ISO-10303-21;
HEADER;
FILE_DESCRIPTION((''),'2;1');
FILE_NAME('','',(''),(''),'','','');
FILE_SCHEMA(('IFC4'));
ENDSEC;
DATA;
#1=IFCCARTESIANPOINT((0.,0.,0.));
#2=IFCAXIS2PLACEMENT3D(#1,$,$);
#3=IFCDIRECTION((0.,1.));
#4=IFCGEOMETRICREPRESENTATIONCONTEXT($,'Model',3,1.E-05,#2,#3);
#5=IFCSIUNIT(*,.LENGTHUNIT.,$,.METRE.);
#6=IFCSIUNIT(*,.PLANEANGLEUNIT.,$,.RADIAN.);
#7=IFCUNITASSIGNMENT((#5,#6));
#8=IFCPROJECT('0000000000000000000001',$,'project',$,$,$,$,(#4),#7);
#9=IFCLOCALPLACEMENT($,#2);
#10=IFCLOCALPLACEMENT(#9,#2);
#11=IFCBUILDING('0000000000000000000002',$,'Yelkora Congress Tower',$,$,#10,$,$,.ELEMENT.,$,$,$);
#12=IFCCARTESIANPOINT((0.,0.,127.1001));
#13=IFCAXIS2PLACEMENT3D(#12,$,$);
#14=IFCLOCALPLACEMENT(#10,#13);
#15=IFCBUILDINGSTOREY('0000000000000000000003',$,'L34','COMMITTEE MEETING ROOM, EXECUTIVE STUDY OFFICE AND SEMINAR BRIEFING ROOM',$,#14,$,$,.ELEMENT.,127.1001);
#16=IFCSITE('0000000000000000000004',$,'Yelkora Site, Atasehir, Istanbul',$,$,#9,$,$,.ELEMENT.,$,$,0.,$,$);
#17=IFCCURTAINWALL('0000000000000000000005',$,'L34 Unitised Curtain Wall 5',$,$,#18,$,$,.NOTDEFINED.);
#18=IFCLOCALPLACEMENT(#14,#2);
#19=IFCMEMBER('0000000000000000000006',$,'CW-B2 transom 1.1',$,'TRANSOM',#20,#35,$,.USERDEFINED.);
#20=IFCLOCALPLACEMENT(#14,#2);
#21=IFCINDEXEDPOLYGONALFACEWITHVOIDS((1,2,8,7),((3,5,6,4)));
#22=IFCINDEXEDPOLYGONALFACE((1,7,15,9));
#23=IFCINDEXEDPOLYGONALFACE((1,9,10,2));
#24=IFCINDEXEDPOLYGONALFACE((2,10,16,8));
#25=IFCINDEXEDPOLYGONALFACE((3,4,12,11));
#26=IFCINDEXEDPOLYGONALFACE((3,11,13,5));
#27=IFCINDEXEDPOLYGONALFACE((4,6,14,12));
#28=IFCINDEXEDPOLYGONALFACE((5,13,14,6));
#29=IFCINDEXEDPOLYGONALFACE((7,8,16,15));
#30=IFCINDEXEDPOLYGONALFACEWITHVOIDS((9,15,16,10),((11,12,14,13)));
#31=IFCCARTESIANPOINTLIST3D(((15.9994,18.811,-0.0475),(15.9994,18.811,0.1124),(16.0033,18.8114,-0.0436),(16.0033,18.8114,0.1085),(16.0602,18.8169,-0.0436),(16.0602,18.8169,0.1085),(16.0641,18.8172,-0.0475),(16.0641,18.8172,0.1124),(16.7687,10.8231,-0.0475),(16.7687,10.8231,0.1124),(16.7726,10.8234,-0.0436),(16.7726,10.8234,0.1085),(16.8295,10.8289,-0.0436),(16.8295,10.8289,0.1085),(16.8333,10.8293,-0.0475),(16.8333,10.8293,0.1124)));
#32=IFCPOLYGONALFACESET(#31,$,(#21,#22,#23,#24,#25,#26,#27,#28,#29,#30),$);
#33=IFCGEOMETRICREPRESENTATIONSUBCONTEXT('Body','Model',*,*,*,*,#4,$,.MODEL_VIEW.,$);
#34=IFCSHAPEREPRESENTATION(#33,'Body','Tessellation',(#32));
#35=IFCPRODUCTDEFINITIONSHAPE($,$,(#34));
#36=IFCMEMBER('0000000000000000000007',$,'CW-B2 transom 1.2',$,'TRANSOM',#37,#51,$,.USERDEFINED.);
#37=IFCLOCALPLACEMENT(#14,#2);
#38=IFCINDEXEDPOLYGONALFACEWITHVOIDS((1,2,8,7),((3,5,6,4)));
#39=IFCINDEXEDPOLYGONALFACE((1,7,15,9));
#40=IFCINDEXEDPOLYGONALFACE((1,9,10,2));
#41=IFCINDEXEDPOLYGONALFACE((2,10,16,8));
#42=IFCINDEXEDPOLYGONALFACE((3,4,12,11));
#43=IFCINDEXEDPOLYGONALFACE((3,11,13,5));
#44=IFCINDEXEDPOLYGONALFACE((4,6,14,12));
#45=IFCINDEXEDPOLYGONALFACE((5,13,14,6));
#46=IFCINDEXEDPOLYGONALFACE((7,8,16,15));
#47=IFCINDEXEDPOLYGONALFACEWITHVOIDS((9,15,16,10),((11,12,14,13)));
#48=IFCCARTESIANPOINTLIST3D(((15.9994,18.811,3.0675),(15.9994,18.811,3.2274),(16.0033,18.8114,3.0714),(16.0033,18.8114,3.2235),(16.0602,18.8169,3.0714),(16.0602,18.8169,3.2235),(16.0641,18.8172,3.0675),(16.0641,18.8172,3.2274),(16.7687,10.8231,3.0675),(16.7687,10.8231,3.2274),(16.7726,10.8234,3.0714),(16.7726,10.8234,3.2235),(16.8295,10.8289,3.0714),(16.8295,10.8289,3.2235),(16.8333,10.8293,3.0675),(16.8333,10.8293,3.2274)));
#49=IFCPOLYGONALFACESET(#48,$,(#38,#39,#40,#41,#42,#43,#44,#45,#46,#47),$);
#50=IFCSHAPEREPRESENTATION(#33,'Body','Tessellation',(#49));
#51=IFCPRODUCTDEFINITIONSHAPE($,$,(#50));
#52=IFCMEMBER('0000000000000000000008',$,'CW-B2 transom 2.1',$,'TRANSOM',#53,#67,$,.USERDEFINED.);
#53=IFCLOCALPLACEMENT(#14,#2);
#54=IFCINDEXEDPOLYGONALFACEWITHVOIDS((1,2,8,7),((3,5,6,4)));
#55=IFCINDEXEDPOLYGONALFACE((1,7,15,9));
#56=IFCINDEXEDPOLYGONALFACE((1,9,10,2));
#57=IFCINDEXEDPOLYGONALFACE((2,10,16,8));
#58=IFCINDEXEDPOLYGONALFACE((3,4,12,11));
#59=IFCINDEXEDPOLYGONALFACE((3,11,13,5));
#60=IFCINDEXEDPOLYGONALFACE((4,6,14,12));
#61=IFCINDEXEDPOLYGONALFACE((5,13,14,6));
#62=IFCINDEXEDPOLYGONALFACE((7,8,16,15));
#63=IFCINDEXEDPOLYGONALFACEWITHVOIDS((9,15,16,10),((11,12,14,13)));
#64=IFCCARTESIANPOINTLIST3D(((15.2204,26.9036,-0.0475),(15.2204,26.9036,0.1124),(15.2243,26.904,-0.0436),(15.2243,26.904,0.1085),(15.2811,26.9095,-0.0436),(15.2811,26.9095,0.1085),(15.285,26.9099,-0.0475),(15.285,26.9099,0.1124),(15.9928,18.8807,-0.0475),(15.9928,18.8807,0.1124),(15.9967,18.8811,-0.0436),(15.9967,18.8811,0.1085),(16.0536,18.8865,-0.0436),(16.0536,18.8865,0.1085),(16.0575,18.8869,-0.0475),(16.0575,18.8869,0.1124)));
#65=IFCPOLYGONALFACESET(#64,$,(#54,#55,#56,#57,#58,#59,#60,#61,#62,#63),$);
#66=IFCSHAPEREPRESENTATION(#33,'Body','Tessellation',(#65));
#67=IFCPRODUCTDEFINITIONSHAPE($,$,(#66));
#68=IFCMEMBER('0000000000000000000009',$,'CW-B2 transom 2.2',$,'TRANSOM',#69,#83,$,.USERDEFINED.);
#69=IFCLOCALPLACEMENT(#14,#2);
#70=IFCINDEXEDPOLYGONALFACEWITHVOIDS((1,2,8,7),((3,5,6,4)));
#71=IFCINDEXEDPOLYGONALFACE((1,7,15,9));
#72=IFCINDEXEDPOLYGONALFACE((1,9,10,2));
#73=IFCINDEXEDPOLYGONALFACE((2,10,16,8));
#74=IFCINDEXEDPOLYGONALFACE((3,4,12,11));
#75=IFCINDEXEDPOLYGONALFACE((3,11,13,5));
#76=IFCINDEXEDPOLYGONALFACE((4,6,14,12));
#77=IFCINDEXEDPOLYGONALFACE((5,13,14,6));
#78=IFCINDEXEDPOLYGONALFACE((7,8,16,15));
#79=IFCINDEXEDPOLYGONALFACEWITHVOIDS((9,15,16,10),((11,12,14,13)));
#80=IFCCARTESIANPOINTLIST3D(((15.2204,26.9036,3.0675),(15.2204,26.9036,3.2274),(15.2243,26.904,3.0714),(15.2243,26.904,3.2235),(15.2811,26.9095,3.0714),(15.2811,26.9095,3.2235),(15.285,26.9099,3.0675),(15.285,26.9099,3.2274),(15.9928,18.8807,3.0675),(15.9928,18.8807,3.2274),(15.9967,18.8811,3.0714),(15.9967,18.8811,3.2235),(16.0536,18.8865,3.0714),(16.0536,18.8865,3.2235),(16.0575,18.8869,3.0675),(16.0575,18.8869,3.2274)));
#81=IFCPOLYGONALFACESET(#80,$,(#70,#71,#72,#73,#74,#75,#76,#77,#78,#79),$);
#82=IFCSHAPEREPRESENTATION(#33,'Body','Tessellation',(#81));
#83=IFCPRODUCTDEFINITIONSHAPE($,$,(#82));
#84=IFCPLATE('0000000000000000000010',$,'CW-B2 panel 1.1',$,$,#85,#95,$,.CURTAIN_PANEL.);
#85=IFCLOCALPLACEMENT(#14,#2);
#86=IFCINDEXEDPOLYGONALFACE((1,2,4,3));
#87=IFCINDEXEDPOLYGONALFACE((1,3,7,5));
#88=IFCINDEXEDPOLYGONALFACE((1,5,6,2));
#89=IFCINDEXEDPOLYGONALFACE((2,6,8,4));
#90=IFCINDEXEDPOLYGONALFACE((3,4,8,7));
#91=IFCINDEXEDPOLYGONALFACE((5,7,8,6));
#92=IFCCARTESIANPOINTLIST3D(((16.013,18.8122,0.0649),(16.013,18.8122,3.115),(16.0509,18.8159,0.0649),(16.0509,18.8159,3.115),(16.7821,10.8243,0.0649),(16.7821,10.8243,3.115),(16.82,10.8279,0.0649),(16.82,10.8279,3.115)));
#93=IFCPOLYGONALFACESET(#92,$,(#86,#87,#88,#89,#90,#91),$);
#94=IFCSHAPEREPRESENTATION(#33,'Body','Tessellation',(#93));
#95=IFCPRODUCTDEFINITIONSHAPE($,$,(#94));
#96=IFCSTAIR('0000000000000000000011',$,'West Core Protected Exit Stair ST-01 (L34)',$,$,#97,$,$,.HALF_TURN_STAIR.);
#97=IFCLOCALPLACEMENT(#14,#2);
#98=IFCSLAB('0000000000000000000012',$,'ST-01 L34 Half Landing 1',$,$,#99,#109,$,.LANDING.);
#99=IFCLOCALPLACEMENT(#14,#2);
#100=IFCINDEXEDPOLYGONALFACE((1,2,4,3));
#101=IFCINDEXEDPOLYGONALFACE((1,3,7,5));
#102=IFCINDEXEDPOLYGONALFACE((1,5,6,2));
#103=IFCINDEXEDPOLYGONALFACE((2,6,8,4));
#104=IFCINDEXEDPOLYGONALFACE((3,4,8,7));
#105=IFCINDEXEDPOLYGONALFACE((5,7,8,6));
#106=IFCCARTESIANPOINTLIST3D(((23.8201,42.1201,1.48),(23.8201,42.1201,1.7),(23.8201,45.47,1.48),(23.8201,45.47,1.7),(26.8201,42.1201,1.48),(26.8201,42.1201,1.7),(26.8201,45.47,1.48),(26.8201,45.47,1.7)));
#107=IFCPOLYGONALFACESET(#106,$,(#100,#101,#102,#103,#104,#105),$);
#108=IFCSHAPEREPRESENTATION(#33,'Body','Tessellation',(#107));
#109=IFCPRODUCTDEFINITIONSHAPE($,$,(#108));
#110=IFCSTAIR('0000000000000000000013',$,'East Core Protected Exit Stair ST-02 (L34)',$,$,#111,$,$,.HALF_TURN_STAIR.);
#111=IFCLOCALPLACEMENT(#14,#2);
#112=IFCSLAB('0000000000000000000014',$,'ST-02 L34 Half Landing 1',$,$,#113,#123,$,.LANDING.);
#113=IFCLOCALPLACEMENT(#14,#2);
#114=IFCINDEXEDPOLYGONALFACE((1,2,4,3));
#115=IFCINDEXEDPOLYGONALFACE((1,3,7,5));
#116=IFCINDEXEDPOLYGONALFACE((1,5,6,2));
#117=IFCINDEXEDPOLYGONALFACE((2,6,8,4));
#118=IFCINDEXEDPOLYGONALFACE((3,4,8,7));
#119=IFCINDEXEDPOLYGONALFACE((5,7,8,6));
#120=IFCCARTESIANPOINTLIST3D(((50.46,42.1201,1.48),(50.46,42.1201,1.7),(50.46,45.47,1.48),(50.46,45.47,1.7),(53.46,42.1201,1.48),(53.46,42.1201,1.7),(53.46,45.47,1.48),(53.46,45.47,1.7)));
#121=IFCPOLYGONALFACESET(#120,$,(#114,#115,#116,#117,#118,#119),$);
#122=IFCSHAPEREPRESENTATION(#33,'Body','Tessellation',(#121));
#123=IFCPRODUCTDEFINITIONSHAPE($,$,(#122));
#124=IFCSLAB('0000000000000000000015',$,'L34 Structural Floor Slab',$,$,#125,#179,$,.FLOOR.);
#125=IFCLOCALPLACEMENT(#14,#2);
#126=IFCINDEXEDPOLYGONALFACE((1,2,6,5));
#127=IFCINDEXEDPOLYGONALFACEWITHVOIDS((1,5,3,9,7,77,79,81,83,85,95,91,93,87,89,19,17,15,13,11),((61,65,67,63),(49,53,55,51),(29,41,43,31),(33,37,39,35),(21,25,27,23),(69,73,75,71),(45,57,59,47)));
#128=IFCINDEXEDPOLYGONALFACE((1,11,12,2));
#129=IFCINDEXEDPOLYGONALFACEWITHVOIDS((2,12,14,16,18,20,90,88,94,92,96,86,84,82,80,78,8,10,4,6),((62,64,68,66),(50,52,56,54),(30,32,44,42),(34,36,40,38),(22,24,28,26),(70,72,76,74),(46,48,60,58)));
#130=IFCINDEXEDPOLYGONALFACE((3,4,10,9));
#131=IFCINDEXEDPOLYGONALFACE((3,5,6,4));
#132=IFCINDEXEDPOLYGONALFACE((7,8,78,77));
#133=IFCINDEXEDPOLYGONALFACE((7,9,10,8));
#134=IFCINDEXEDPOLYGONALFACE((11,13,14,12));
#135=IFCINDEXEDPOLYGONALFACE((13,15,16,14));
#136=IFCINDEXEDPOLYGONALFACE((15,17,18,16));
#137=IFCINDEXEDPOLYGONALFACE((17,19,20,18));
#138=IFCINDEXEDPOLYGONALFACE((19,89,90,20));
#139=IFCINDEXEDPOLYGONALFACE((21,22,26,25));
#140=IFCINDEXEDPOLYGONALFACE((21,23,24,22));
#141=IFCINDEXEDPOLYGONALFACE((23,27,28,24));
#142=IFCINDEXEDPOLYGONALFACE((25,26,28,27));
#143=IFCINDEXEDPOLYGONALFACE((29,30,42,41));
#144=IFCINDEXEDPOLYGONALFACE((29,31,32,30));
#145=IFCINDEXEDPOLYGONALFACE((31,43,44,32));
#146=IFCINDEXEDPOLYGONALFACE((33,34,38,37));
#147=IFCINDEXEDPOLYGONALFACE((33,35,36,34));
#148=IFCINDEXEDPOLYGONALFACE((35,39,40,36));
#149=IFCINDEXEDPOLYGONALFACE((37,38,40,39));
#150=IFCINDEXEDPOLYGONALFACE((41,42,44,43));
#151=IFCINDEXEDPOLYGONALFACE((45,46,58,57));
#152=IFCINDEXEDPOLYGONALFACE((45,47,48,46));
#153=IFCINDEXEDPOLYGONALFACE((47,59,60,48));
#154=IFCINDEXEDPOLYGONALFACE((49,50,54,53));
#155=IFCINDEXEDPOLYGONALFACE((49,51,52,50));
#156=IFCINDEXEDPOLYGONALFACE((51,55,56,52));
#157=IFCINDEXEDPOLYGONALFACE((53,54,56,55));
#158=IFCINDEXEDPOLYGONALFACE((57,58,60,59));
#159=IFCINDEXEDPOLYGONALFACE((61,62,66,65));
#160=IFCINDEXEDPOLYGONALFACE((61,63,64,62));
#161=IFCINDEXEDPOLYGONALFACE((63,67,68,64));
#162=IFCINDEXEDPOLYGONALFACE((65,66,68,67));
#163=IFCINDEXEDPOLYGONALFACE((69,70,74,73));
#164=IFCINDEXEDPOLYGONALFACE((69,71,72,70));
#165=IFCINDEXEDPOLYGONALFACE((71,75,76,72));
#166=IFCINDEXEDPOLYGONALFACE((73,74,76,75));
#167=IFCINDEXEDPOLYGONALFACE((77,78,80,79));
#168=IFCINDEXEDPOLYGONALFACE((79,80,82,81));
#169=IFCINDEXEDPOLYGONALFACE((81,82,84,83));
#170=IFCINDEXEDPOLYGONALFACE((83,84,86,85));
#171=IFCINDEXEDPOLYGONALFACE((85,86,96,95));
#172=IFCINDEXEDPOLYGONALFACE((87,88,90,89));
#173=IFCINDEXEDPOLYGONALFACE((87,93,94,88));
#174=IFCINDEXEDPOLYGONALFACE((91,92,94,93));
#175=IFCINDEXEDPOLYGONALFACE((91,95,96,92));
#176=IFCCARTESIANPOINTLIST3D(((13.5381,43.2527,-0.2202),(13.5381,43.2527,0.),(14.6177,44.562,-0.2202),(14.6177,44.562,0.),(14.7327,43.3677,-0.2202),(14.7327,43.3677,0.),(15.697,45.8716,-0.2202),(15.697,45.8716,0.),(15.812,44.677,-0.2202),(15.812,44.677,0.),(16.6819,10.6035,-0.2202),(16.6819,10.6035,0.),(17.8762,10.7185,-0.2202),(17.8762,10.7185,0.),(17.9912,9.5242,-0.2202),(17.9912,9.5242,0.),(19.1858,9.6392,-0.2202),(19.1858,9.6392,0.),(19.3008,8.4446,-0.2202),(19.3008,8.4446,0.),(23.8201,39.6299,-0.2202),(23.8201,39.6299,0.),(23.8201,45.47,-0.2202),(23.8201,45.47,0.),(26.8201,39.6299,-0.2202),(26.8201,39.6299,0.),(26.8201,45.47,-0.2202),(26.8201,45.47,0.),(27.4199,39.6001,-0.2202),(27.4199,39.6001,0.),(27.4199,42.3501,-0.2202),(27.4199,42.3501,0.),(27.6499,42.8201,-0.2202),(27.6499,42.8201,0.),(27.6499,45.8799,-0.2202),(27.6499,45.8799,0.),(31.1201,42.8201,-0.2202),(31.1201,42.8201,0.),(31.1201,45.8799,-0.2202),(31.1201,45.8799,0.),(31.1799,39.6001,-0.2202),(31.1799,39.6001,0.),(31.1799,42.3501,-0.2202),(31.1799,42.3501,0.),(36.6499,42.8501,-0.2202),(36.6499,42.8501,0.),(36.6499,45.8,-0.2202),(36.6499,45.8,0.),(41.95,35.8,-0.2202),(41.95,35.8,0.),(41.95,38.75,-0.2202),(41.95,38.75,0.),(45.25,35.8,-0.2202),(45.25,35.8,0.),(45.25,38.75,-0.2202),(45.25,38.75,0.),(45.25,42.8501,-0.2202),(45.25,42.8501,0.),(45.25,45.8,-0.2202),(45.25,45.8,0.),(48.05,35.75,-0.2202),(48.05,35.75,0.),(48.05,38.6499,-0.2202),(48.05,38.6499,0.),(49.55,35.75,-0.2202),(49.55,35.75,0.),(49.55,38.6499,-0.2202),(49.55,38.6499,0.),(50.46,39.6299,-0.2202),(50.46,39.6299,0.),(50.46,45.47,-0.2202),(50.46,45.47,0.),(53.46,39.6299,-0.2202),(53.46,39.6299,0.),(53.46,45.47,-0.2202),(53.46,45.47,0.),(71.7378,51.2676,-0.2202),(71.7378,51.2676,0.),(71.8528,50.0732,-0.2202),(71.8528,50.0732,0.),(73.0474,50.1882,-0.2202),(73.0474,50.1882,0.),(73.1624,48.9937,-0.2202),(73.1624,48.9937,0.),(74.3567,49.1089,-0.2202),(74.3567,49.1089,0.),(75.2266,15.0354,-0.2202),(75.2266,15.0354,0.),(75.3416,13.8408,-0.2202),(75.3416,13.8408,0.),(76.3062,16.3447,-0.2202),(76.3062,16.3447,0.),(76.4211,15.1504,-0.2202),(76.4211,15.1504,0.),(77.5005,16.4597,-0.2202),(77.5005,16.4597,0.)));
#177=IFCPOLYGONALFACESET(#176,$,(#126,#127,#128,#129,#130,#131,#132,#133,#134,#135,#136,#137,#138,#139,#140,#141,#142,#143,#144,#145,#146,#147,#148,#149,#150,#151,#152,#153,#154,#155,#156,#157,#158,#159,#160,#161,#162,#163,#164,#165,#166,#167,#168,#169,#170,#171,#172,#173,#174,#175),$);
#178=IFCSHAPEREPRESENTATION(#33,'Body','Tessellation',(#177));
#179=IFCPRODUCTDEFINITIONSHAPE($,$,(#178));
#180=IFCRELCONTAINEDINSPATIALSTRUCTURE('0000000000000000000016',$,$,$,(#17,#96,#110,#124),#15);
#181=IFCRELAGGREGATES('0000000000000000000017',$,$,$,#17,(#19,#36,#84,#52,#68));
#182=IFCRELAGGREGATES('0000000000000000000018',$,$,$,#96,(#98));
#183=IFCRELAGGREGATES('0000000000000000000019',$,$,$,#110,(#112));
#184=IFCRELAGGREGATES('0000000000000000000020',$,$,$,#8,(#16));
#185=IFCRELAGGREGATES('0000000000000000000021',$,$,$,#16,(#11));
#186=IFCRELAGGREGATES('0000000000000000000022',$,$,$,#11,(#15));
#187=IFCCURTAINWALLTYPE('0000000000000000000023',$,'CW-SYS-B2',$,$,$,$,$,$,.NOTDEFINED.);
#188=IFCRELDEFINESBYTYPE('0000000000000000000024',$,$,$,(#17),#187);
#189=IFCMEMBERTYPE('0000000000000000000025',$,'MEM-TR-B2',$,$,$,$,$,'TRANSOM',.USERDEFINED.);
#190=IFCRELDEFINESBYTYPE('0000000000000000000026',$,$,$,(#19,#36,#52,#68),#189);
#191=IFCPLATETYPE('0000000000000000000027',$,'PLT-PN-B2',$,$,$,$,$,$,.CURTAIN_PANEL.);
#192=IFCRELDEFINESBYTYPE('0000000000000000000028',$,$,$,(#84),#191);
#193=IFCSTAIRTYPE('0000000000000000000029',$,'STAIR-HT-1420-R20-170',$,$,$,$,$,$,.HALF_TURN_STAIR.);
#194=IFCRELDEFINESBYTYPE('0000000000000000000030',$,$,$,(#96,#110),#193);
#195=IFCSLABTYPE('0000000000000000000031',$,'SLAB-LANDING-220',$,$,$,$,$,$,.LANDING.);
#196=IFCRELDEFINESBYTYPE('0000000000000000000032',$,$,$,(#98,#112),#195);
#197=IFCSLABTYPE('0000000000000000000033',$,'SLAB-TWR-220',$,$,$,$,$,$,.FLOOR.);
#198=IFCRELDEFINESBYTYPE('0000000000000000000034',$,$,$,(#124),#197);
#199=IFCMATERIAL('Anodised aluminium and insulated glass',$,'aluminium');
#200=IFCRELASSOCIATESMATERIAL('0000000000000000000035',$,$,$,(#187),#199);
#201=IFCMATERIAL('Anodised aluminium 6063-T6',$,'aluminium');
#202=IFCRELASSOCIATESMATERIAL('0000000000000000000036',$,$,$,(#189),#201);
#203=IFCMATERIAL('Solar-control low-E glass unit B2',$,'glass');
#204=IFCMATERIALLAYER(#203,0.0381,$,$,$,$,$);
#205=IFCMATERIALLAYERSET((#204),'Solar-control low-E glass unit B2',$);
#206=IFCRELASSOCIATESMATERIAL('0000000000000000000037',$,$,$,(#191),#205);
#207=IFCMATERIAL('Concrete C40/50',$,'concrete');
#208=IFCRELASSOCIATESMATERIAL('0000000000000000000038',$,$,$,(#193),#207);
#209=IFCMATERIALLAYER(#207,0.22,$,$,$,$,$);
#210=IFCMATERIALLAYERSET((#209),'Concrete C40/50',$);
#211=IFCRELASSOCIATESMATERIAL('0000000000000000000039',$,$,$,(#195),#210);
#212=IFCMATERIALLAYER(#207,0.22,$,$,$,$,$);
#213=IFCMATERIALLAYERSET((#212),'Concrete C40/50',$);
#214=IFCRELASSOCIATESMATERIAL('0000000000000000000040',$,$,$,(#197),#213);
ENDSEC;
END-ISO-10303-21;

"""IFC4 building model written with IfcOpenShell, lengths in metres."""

from ifc_helpers import new_model, si_unit, direction, frame, origin, origin_2d, place, context, subcontext, project, spatial, polyline, rectangle, hollow_rectangle, outline, extrude, material, layer, layer_set, material_profile, profile_set, type_object, element, aggregate, save


model = new_model("IFC4")

# Units and contexts
model_context = context("Model", 3, precision=1e-05, world=origin(), true_north=direction((0.0, 1.0)))
body_context = subcontext(model_context, "Body", "Model", "MODEL_VIEW")
ifc_project = project(units=[si_unit("LENGTHUNIT", "METRE"), si_unit("PLANEANGLEUNIT", "RADIAN")], contexts=[model_context])

# Site, building, storey
site_placement = place(None, origin())
site = spatial("IfcSite", under=ifc_project, at=site_placement, Name="Yelkora Site, Atasehir, Istanbul", CompositionType="ELEMENT", RefElevation=0.0)
building_placement = place(site_placement, origin())
building = spatial("IfcBuilding", under=site, at=building_placement, Name="Yelkora Congress Tower", CompositionType="ELEMENT")
storey_placement = place(building_placement, frame((0.0, 0.0, 127.1001)))
storey = spatial("IfcBuildingStorey", under=building, at=storey_placement, Name="L34", Description="COMMITTEE MEETING ROOM, EXECUTIVE STUDY OFFICE AND SEMINAR BRIEFING ROOM", CompositionType="ELEMENT", Elevation=127.1001)

# Curtain wall
ifc_material_1 = material(Name="Anodised aluminium and insulated glass", Category="aluminium")
curtain_wall_type = type_object("IfcCurtainWallType", Name="CW-SYS-B2", PredefinedType="NOTDEFINED", material=ifc_material_1)
curtain_wall_1_placement = place(storey_placement, origin())
curtain_wall_1 = element("IfcCurtainWall", 1, at=curtain_wall_1_placement, inside=storey, type_object=curtain_wall_type, Name="L34 Unitised Curtain Wall 5", PredefinedType="NOTDEFINED")
ifc_material_2 = material(Name="Anodised aluminium 6063-T6", Category="aluminium")

# Members
ifc_material_profile_1 = material_profile(ifc_material_2, hollow_rectangle(XDim=0.0649, YDim=0.1599, WallThickness=0.0039, at=origin_2d()), Name="ALU 65x160x4")
ifc_profile_set_1 = profile_set([ifc_material_profile_1], Name="Anodised aluminium 6063-T6")
member_type_1 = type_object("IfcMemberType", Name="MEM-TR-B2", ElementType="TRANSOM", PredefinedType="USERDEFINED", material=ifc_profile_set_1)
member_1_placement = place(storey_placement, frame((16.801, 10.8262, 0.0325), z_axis=(-0.095861, 0.995395, 0.0), x_axis=(-0.995395, -0.095861, 0.0)))
member_1 = element("IfcMember", 2, at=member_1_placement, type_object=member_type_1, Name="CW-B2 transom 1.1", ObjectType="TRANSOM", PredefinedType="USERDEFINED", context=body_context, shape_type="SweptSolid", body=[
    extrude(hollow_rectangle(XDim=0.0649, YDim=0.1599, WallThickness=0.0039, at=origin_2d()), origin(), (0.0, 0.0, 1.0), 8.0249),
])
member_2_placement = place(storey_placement, frame((16.801, 10.8262, 3.1475), z_axis=(-0.095861, 0.995395, 0.0), x_axis=(-0.995395, -0.095861, 0.0)))
member_2 = element("IfcMember", 3, at=member_2_placement, type_object=member_type_1, Name="CW-B2 transom 1.2", ObjectType="TRANSOM", PredefinedType="USERDEFINED", context=body_context, shape_type="SweptSolid", body=[
    extrude(hollow_rectangle(XDim=0.0649, YDim=0.1599, WallThickness=0.0039, at=origin_2d()), origin(), (0.0, 0.0, 1.0), 8.0249),
])
member_3_placement = place(storey_placement, frame((16.0251, 18.8838, 0.0325), z_axis=(-0.095838, 0.995397, 0.0), x_axis=(-0.995397, -0.095838, 0.0)))
member_3 = element("IfcMember", 4, at=member_3_placement, type_object=member_type_1, Name="CW-B2 transom 2.1", ObjectType="TRANSOM", PredefinedType="USERDEFINED", context=body_context, shape_type="SweptSolid", body=[
    extrude(hollow_rectangle(XDim=0.0649, YDim=0.1599, WallThickness=0.0039, at=origin_2d()), origin(), (0.0, 0.0, 1.0), 8.0601),
])
member_4_placement = place(storey_placement, frame((16.0251, 18.8838, 3.1475), z_axis=(-0.095838, 0.995397, 0.0), x_axis=(-0.995397, -0.095838, 0.0)))
member_4 = element("IfcMember", 5, at=member_4_placement, type_object=member_type_1, Name="CW-B2 transom 2.2", ObjectType="TRANSOM", PredefinedType="USERDEFINED", context=body_context, shape_type="SweptSolid", body=[
    extrude(hollow_rectangle(XDim=0.0649, YDim=0.1599, WallThickness=0.0039, at=origin_2d()), origin(), (0.0, 0.0, 1.0), 8.0601),
])

# Plate
ifc_material_3 = material(Name="Solar-control low-E glass unit B2", Category="glass")
ifc_layer_1 = layer(ifc_material_3, 0.0381)
ifc_layer_set_1 = layer_set([ifc_layer_1], Name="Solar-control low-E glass unit B2")
plate_type = type_object("IfcPlateType", Name="PLT-PN-B2", PredefinedType="CURTAIN_PANEL", material=ifc_layer_set_1)
plate_placement = place(storey_placement, frame((16.4165, 14.8201, 0.0649), z_axis=(0.0, 0.0, 1.0), x_axis=(-0.095843, 0.995397, 0.0)))
plate = element("IfcPlate", 6, at=plate_placement, type_object=plate_type, Name="CW-B2 panel 1.1", PredefinedType="CURTAIN_PANEL", context=body_context, shape_type="SweptSolid", body=[
    extrude(rectangle(XDim=8.0249, YDim=0.0381, at=origin_2d()), origin(), (0.0, 0.0, 1.0), 3.05),
])
aggregate(curtain_wall_1, [member_1, member_2, plate, member_3, member_4])

# Stairs, slabs
ifc_material_4 = material(Name="Concrete C40/50", Category="concrete")
stair_type = type_object("IfcStairType", Name="STAIR-HT-1420-R20-170", PredefinedType="HALF_TURN_STAIR", material=ifc_material_4)
stair_1_placement = place(storey_placement, origin())
stair_1 = element("IfcStair", 7, at=stair_1_placement, inside=storey, type_object=stair_type, Name="West Core Protected Exit Stair ST-01 (L34)", PredefinedType="HALF_TURN_STAIR")
ifc_layer_2 = layer(ifc_material_4, 0.22)
ifc_layer_set_2 = layer_set([ifc_layer_2], Name="Concrete C40/50")
slab_type_1 = type_object("IfcSlabType", Name="SLAB-LANDING-220", PredefinedType="LANDING", material=ifc_layer_set_2)
slab_1_placement = place(storey_placement, frame((0.0, 0.0, 1.48)))
slab_1 = element("IfcSlab", 8, at=slab_1_placement, type_object=slab_type_1, Name="ST-01 L34 Half Landing 1", PredefinedType="LANDING", context=body_context, shape_type="SweptSolid", body=[
    extrude(outline(polyline([(26.8201, 42.1201), (26.8201, 45.47), (23.8201, 45.47), (23.8201, 42.1201), (26.8201, 42.1201)])), origin(), (0.0, 0.0, 1.0), 0.22),
])
aggregate(stair_1, [slab_1])
stair_2_placement = place(storey_placement, origin())
stair_2 = element("IfcStair", 9, at=stair_2_placement, inside=storey, type_object=stair_type, Name="East Core Protected Exit Stair ST-02 (L34)", PredefinedType="HALF_TURN_STAIR")
slab_2_placement = place(storey_placement, frame((0.0, 0.0, 1.48)))
slab_2 = element("IfcSlab", 10, at=slab_2_placement, type_object=slab_type_1, Name="ST-02 L34 Half Landing 1", PredefinedType="LANDING", context=body_context, shape_type="SweptSolid", body=[
    extrude(outline(polyline([(53.46, 42.1201), (53.46, 45.47), (50.46, 45.47), (50.46, 42.1201), (53.46, 42.1201)])), origin(), (0.0, 0.0, 1.0), 0.22),
])
aggregate(stair_2, [slab_2])

# Slab
ifc_layer_3 = layer(ifc_material_4, 0.22)
ifc_layer_set_3 = layer_set([ifc_layer_3], Name="Concrete C40/50")
slab_type_2 = type_object("IfcSlabType", Name="SLAB-TWR-220", PredefinedType="FLOOR", material=ifc_layer_set_3)
slab_3_placement = place(storey_placement, frame((0.0, 0.0, -0.2202)))
element("IfcSlab", 11, at=slab_3_placement, inside=storey, type_object=slab_type_2, Name="L34 Structural Floor Slab", PredefinedType="FLOOR", context=body_context, shape_type="SweptSolid", body=[
    extrude(outline(polyline([(19.3008, 8.4446), (75.3416, 13.8408), (75.2266, 15.0354), (76.4211, 15.1504), (76.3062, 16.3447), (77.5005, 16.4597), (74.3567, 49.1089), (73.1624, 48.9937), (73.0474, 50.1882), (71.8528, 50.0732), (71.7378, 51.2676), (15.697, 45.8716), (15.812, 44.677), (14.6177, 44.562), (14.7327, 43.3677), (13.5381, 43.2527), (16.6819, 10.6035), (17.8762, 10.7185), (17.9912, 9.5242), (19.1858, 9.6392), (19.3008, 8.4446)]), holes=[polyline([(23.8201, 39.6299), (26.8201, 39.6299), (26.8201, 45.47), (23.8201, 45.47), (23.8201, 39.6299)]), polyline([(50.46, 39.6299), (53.46, 39.6299), (53.46, 45.47), (50.46, 45.47), (50.46, 39.6299)]), polyline([(48.05, 35.75), (49.55, 35.75), (49.55, 38.6499), (48.05, 38.6499), (48.05, 35.75)]), polyline([(36.6499, 42.8501), (45.25, 42.8501), (45.25, 45.8), (36.6499, 45.8), (36.6499, 42.8501)]), polyline([(41.95, 35.8), (45.25, 35.8), (45.25, 38.75), (41.95, 38.75), (41.95, 35.8)]), polyline([(27.4199, 39.6001), (31.1799, 39.6001), (31.1799, 42.3501), (27.4199, 42.3501), (27.4199, 39.6001)]), polyline([(27.6499, 42.8201), (31.1201, 42.8201), (31.1201, 45.8799), (27.6499, 45.8799), (27.6499, 42.8201)])]), origin(), (0.0, 0.0, 1.0), 0.2202),
])

save(model, "model.ifc")
